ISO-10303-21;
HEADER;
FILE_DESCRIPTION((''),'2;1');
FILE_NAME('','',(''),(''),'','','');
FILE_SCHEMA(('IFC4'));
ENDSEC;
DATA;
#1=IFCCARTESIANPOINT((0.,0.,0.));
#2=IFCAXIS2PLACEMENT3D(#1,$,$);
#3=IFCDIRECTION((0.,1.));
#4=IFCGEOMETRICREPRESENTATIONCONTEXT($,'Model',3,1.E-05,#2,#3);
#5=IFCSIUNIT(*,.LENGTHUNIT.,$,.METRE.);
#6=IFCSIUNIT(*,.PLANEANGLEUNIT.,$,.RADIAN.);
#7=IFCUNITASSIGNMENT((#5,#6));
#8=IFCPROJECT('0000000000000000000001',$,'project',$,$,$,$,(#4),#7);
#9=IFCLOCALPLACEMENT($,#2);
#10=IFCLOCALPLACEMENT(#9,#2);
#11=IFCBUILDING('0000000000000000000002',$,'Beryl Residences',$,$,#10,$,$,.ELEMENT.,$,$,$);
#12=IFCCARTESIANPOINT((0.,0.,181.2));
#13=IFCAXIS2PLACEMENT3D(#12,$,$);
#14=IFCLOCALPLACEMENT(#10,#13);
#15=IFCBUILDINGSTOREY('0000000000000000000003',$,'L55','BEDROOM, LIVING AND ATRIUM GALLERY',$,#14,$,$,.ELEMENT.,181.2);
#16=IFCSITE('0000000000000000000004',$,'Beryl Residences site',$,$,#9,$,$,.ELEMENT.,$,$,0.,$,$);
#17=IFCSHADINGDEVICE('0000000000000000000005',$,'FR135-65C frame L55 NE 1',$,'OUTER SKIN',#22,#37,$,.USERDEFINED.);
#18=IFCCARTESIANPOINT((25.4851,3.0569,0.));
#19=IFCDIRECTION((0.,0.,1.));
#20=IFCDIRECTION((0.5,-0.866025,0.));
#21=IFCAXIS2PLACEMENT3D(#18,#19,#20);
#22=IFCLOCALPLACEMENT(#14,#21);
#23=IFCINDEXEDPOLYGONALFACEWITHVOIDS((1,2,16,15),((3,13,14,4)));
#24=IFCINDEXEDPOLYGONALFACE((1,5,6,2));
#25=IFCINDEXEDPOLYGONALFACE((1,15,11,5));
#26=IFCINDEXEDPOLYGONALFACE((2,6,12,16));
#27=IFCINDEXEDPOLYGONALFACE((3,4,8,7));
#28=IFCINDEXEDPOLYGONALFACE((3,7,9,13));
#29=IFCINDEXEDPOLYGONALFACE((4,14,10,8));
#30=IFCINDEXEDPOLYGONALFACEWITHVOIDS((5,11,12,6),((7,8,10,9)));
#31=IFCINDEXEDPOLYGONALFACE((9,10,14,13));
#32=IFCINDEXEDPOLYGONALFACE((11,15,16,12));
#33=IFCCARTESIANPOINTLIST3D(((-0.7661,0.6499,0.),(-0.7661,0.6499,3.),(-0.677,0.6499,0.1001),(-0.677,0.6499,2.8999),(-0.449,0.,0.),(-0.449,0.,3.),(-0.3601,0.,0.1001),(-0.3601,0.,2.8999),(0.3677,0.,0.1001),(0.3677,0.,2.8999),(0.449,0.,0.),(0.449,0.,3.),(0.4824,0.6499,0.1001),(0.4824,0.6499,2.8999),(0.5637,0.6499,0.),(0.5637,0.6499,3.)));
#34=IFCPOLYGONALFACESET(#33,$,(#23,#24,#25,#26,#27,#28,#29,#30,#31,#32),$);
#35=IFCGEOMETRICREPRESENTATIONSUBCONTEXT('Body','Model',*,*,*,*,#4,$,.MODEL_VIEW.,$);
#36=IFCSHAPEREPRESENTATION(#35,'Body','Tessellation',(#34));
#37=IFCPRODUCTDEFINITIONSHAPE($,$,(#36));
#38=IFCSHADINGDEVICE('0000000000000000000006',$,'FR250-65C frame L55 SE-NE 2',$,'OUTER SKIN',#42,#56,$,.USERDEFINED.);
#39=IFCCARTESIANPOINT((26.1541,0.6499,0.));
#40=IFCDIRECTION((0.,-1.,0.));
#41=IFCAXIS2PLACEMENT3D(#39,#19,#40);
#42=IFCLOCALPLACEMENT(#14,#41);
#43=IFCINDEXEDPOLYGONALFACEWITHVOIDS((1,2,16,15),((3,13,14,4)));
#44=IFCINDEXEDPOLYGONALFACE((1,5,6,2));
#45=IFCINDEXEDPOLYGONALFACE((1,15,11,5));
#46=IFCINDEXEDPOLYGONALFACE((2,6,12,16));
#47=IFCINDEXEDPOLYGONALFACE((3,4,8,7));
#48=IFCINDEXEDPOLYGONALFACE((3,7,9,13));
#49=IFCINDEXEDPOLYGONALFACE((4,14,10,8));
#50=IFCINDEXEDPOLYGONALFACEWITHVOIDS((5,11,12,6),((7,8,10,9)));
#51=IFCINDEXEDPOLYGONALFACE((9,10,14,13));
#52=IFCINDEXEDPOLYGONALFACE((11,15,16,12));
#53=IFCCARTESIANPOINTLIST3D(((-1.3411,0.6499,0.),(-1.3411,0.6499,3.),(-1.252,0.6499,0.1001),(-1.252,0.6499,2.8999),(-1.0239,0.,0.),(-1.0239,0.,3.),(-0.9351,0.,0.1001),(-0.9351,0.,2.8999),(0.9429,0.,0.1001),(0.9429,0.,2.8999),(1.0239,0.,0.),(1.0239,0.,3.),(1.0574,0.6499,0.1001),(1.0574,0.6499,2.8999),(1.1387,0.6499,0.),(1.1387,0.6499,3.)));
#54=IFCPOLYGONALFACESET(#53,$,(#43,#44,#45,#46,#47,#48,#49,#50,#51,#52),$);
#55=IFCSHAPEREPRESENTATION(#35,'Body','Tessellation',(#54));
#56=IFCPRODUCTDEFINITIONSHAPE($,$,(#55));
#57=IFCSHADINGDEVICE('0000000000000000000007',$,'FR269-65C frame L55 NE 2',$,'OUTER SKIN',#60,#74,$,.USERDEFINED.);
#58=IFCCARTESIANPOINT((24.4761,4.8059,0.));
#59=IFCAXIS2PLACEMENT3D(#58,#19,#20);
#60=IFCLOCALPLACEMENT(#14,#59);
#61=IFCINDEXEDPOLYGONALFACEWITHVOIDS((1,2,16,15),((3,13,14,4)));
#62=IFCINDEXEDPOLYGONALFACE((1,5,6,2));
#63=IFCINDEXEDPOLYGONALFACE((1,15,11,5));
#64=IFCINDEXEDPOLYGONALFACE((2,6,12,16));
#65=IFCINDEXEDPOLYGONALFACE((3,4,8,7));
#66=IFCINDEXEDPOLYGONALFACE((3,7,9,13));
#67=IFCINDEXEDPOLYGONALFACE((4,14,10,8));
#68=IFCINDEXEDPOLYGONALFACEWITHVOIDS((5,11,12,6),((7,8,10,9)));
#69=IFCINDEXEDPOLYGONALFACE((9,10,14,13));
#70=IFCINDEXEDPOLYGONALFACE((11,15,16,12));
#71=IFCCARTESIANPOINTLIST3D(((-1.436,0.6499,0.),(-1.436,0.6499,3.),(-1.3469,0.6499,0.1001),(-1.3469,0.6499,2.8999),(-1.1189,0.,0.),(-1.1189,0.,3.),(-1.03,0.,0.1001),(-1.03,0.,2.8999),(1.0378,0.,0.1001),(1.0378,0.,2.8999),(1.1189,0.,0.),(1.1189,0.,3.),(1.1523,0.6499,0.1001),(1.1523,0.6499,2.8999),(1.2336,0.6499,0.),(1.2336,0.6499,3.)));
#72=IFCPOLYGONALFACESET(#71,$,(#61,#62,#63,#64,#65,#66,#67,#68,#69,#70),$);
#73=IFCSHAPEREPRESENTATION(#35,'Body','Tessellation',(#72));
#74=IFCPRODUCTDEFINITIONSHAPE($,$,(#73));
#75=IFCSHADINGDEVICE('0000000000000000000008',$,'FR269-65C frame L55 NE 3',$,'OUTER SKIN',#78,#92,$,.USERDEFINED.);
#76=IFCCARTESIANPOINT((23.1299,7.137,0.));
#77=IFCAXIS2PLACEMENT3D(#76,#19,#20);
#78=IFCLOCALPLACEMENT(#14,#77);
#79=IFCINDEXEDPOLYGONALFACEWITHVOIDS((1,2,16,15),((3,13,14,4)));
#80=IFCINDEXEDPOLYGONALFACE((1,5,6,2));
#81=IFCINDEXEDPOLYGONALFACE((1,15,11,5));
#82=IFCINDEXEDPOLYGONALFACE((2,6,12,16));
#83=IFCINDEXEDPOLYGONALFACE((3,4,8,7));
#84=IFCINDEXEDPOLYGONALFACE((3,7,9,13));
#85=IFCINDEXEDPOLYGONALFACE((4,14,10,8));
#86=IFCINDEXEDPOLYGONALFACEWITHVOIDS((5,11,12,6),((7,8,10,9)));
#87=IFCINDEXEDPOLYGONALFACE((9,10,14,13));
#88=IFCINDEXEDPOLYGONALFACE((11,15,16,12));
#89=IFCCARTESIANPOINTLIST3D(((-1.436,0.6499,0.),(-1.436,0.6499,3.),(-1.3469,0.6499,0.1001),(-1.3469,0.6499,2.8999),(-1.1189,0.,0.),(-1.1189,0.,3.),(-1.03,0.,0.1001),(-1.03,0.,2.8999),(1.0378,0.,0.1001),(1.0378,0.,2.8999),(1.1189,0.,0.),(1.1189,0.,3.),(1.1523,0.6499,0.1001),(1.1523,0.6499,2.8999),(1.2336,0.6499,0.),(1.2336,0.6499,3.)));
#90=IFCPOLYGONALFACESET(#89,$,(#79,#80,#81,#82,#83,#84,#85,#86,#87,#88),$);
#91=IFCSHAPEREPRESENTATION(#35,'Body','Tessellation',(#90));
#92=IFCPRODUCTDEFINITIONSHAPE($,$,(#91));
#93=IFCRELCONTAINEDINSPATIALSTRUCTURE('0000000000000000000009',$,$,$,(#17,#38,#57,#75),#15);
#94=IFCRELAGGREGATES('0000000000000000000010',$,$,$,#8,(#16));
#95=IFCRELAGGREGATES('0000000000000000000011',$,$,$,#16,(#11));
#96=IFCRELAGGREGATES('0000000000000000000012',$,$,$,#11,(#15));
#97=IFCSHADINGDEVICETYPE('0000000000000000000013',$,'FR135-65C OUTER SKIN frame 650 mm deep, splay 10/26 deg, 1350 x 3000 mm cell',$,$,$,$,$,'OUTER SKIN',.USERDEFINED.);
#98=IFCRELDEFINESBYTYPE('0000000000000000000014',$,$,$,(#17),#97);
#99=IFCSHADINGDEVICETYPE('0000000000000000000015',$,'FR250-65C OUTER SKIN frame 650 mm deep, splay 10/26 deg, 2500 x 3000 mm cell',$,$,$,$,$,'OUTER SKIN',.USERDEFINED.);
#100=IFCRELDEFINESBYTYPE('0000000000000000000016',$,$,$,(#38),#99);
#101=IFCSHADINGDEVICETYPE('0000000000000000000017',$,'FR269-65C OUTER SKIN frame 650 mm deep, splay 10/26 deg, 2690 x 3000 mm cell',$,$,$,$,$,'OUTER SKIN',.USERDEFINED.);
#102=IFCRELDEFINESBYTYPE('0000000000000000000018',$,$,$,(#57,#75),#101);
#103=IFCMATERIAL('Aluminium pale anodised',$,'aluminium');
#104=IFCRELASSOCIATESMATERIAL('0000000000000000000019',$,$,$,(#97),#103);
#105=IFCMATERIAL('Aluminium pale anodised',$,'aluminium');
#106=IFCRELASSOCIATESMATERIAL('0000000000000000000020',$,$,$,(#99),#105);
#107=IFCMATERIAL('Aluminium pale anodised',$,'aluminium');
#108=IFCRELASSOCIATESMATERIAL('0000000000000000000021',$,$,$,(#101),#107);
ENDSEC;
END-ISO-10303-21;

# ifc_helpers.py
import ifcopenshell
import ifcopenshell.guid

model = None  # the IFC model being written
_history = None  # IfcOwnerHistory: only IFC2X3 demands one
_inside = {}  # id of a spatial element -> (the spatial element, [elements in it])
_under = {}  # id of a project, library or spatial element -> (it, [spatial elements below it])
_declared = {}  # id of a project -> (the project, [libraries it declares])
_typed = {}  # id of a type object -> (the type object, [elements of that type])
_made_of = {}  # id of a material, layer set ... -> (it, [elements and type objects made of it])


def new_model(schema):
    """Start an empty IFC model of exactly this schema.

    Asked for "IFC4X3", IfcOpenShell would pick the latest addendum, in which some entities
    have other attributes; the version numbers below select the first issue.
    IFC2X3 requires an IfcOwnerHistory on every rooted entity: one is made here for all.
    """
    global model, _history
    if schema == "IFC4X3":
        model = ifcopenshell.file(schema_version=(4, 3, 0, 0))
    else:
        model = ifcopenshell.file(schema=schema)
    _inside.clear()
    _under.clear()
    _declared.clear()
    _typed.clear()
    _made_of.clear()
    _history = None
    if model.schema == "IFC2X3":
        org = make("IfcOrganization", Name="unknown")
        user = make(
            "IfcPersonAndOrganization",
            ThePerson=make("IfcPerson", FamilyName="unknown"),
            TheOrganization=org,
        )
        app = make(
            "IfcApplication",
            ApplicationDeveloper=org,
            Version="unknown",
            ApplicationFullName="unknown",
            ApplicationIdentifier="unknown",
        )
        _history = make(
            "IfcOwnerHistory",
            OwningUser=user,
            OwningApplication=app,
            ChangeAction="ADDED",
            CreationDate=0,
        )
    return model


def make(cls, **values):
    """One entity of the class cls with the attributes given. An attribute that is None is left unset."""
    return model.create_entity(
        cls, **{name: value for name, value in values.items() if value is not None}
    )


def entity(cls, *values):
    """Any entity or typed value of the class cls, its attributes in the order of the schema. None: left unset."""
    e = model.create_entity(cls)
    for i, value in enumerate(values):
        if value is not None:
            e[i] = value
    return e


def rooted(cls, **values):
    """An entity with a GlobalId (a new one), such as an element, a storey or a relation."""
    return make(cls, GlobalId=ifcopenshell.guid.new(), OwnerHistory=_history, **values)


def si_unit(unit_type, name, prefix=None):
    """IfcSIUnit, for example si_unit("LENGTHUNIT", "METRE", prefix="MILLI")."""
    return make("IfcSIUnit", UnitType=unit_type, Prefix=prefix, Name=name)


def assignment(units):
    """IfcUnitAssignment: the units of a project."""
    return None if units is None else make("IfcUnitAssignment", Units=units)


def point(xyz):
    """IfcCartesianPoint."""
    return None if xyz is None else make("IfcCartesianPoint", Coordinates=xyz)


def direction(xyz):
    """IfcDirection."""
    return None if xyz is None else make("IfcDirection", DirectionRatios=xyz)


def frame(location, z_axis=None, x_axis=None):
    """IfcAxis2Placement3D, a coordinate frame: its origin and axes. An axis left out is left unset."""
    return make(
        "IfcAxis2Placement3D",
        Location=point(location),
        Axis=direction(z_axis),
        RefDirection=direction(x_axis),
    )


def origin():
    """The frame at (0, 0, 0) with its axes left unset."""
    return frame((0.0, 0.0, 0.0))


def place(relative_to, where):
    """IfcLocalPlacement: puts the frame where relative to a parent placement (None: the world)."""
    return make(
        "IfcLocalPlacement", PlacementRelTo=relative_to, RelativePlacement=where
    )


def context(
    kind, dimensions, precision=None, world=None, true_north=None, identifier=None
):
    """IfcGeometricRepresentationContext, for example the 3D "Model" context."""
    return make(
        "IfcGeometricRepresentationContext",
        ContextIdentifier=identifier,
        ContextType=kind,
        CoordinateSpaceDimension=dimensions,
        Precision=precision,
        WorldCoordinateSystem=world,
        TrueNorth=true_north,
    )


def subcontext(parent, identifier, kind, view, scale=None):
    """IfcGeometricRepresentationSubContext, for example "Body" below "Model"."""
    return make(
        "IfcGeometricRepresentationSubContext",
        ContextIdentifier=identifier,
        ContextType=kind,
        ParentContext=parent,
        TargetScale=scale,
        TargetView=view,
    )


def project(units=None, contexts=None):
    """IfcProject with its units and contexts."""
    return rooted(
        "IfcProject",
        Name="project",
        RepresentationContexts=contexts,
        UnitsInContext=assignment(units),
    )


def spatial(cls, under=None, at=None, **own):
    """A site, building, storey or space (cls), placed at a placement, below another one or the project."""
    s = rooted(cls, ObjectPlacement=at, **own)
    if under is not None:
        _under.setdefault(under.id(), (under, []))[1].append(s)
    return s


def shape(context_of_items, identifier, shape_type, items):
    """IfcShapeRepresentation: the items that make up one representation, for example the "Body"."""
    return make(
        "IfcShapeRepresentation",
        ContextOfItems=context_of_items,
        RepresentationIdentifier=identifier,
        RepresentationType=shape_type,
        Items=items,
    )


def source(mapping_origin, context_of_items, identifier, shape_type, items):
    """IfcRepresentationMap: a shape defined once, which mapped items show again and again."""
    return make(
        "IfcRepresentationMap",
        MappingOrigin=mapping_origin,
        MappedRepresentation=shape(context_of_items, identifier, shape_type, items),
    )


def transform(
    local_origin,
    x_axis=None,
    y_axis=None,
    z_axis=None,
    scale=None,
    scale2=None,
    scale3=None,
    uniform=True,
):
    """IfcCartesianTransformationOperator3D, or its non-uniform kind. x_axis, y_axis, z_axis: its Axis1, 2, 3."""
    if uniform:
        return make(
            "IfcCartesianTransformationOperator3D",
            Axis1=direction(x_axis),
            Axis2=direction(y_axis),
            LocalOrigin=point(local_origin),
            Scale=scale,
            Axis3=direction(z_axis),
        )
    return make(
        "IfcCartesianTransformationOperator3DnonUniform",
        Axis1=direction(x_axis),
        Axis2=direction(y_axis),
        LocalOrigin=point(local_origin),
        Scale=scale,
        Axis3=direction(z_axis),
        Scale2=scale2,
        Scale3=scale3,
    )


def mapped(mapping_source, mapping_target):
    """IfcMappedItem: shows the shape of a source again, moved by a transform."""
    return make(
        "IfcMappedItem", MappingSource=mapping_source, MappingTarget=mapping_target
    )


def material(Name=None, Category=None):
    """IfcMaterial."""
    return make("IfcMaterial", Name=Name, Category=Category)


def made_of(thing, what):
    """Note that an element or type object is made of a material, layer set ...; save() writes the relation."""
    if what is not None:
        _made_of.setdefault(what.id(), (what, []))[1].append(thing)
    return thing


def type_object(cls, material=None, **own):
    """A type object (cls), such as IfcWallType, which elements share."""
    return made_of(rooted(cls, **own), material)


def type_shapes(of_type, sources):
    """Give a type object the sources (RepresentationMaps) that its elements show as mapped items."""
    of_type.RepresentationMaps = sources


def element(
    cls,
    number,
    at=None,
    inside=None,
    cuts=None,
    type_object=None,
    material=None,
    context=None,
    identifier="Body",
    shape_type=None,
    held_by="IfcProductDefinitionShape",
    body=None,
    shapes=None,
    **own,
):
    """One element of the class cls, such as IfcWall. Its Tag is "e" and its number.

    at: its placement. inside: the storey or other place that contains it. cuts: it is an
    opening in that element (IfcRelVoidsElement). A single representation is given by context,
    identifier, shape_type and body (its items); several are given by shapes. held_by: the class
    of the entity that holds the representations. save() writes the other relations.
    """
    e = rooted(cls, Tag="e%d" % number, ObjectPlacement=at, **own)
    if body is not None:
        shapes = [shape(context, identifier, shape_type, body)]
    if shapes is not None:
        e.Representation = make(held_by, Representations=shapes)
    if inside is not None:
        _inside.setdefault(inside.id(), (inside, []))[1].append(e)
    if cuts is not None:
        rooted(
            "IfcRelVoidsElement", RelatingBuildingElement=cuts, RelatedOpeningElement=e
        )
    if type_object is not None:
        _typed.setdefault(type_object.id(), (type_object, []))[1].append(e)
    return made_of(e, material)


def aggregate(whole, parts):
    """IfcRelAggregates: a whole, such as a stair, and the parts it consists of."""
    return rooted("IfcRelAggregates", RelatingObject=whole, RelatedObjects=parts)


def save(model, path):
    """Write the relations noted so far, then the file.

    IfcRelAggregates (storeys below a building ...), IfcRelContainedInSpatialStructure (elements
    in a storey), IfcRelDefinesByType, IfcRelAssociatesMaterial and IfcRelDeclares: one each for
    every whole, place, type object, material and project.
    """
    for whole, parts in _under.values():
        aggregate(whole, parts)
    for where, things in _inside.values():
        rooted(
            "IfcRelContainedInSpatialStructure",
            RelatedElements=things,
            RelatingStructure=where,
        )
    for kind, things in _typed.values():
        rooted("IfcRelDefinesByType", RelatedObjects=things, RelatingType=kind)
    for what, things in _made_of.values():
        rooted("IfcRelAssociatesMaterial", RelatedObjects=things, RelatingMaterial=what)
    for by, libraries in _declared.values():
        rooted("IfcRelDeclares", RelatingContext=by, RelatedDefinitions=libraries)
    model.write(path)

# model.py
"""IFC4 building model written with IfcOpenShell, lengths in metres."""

from ifc_helpers import new_model, entity, si_unit, direction, frame, origin, place, context, subcontext, project, spatial, source, transform, mapped, material, type_object, type_shapes, element, save


model = new_model("IFC4")

# Units and contexts
model_context = context("Model", 3, precision=1e-05, world=origin(), true_north=direction((0.0, 1.0)))
body_context = subcontext(model_context, "Body", "Model", "MODEL_VIEW")
ifc_project = project(units=[si_unit("LENGTHUNIT", "METRE"), si_unit("PLANEANGLEUNIT", "RADIAN")], contexts=[model_context])

# Site, building, storey
site_placement = place(None, origin())
site = spatial("IfcSite", under=ifc_project, at=site_placement, Name="Beryl Residences site", CompositionType="ELEMENT", RefElevation=0.0)
building_placement = place(site_placement, origin())
building = spatial("IfcBuilding", under=site, at=building_placement, Name="Beryl Residences", CompositionType="ELEMENT")
storey_placement = place(building_placement, frame((0.0, 0.0, 181.2)))
storey = spatial("IfcBuildingStorey", under=building, at=storey_placement, Name="L55", Description="BEDROOM, LIVING AND ATRIUM GALLERY", CompositionType="ELEMENT", Elevation=181.2)

# Shading devices
ifc_material_1 = material(Name="Aluminium pale anodised", Category="aluminium")
shading_device_type_1 = type_object("IfcShadingDeviceType", Name="FR135-65C OUTER SKIN frame 650 mm deep, splay 10/26 deg, 1350 x 3000 mm cell", ElementType="OUTER SKIN", PredefinedType="USERDEFINED", material=ifc_material_1)
cartesian_point_1 = entity("IfcCartesianPoint", [-0.449, 0.0])
cartesian_point_2 = entity("IfcCartesianPoint", [-0.3677, 0.1001])
cartesian_point_3 = entity("IfcCartesianPoint", [-0.5637, 0.0])
cartesian_point_4 = entity("IfcCartesianPoint", [-0.4824, 0.1001])
shared_shape_1 = source(origin(), body_context, "Body", "SweptSolid", [
    entity("IfcExtrudedAreaSolidTapered", entity("IfcArbitraryProfileDefWithVoids", "AREA", None, entity("IfcPolyline", [cartesian_point_1, entity("IfcCartesianPoint", [0.449, 0.0]), entity("IfcCartesianPoint", [0.449, 3.0]), entity("IfcCartesianPoint", [-0.449, 3.0]), cartesian_point_1]), [entity("IfcPolyline", [cartesian_point_2, entity("IfcCartesianPoint", [0.3601, 0.1001]), entity("IfcCartesianPoint", [0.3601, 2.8999]), entity("IfcCartesianPoint", [-0.3677, 2.8999]), cartesian_point_2])]), entity("IfcAxis2Placement3D", entity("IfcCartesianPoint", [0.0, 0.0, 0.0]), entity("IfcDirection", [0.0, 1.0, 0.0]), entity("IfcDirection", [-1.0, 0.0, 0.0])), entity("IfcDirection", [0.0, 0.0, 1.0]), 0.6499, entity("IfcArbitraryProfileDefWithVoids", "AREA", None, entity("IfcPolyline", [cartesian_point_3, entity("IfcCartesianPoint", [0.7661, 0.0]), entity("IfcCartesianPoint", [0.7661, 3.0]), entity("IfcCartesianPoint", [-0.5637, 3.0]), cartesian_point_3]), [entity("IfcPolyline", [cartesian_point_4, entity("IfcCartesianPoint", [0.677, 0.1001]), entity("IfcCartesianPoint", [0.677, 2.8999]), entity("IfcCartesianPoint", [-0.4824, 2.8999]), cartesian_point_4])])),
])
type_shapes(shading_device_type_1, [shared_shape_1])
shading_device_1_placement = place(storey_placement, frame((25.4851, 3.0569, 0.0), z_axis=(0.0, 0.0, 1.0), x_axis=(0.5, -0.866025, 0.0)))
element("IfcShadingDevice", 1, at=shading_device_1_placement, inside=storey, type_object=shading_device_type_1, Name="FR135-65C frame L55 NE 1", ObjectType="OUTER SKIN", PredefinedType="USERDEFINED", context=body_context, shape_type="MappedRepresentation", body=[
    mapped(shared_shape_1, transform((0.0, 0.0, 0.0))),
])
ifc_material_2 = material(Name="Aluminium pale anodised", Category="aluminium")
shading_device_type_2 = type_object("IfcShadingDeviceType", Name="FR250-65C OUTER SKIN frame 650 mm deep, splay 10/26 deg, 2500 x 3000 mm cell", ElementType="OUTER SKIN", PredefinedType="USERDEFINED", material=ifc_material_2)
cartesian_point_5 = entity("IfcCartesianPoint", [-1.0239, 0.0])
cartesian_point_6 = entity("IfcCartesianPoint", [-0.9429, 0.1001])
cartesian_point_7 = entity("IfcCartesianPoint", [-1.1387, 0.0])
cartesian_point_8 = entity("IfcCartesianPoint", [-1.0574, 0.1001])
shared_shape_2 = source(origin(), body_context, "Body", "SweptSolid", [
    entity("IfcExtrudedAreaSolidTapered", entity("IfcArbitraryProfileDefWithVoids", "AREA", None, entity("IfcPolyline", [cartesian_point_5, entity("IfcCartesianPoint", [1.0239, 0.0]), entity("IfcCartesianPoint", [1.0239, 3.0]), entity("IfcCartesianPoint", [-1.0239, 3.0]), cartesian_point_5]), [entity("IfcPolyline", [cartesian_point_6, entity("IfcCartesianPoint", [0.9351, 0.1001]), entity("IfcCartesianPoint", [0.9351, 2.8999]), entity("IfcCartesianPoint", [-0.9429, 2.8999]), cartesian_point_6])]), entity("IfcAxis2Placement3D", entity("IfcCartesianPoint", [0.0, 0.0, 0.0]), entity("IfcDirection", [0.0, 1.0, 0.0]), entity("IfcDirection", [-1.0, 0.0, 0.0])), entity("IfcDirection", [0.0, 0.0, 1.0]), 0.6499, entity("IfcArbitraryProfileDefWithVoids", "AREA", None, entity("IfcPolyline", [cartesian_point_7, entity("IfcCartesianPoint", [1.3411, 0.0]), entity("IfcCartesianPoint", [1.3411, 3.0]), entity("IfcCartesianPoint", [-1.1387, 3.0]), cartesian_point_7]), [entity("IfcPolyline", [cartesian_point_8, entity("IfcCartesianPoint", [1.252, 0.1001]), entity("IfcCartesianPoint", [1.252, 2.8999]), entity("IfcCartesianPoint", [-1.0574, 2.8999]), cartesian_point_8])])),
])
type_shapes(shading_device_type_2, [shared_shape_2])
shading_device_2_placement = place(storey_placement, frame((26.1541, 0.6499, 0.0), z_axis=(0.0, 0.0, 1.0), x_axis=(0.0, -1.0, 0.0)))
element("IfcShadingDevice", 2, at=shading_device_2_placement, inside=storey, type_object=shading_device_type_2, Name="FR250-65C frame L55 SE-NE 2", ObjectType="OUTER SKIN", PredefinedType="USERDEFINED", context=body_context, shape_type="MappedRepresentation", body=[
    mapped(shared_shape_2, transform((0.0, 0.0, 0.0))),
])
ifc_material_3 = material(Name="Aluminium pale anodised", Category="aluminium")
shading_device_type_3 = type_object("IfcShadingDeviceType", Name="FR269-65C OUTER SKIN frame 650 mm deep, splay 10/26 deg, 2690 x 3000 mm cell", ElementType="OUTER SKIN", PredefinedType="USERDEFINED", material=ifc_material_3)
cartesian_point_9 = entity("IfcCartesianPoint", [-1.1189, 0.0])
cartesian_point_10 = entity("IfcCartesianPoint", [-1.0378, 0.1001])
cartesian_point_11 = entity("IfcCartesianPoint", [-1.2336, 0.0])
cartesian_point_12 = entity("IfcCartesianPoint", [-1.1523, 0.1001])
shared_shape_3 = source(origin(), body_context, "Body", "SweptSolid", [
    entity("IfcExtrudedAreaSolidTapered", entity("IfcArbitraryProfileDefWithVoids", "AREA", None, entity("IfcPolyline", [cartesian_point_9, entity("IfcCartesianPoint", [1.1189, 0.0]), entity("IfcCartesianPoint", [1.1189, 3.0]), entity("IfcCartesianPoint", [-1.1189, 3.0]), cartesian_point_9]), [entity("IfcPolyline", [cartesian_point_10, entity("IfcCartesianPoint", [1.03, 0.1001]), entity("IfcCartesianPoint", [1.03, 2.8999]), entity("IfcCartesianPoint", [-1.0378, 2.8999]), cartesian_point_10])]), entity("IfcAxis2Placement3D", entity("IfcCartesianPoint", [0.0, 0.0, 0.0]), entity("IfcDirection", [0.0, 1.0, 0.0]), entity("IfcDirection", [-1.0, 0.0, 0.0])), entity("IfcDirection", [0.0, 0.0, 1.0]), 0.6499, entity("IfcArbitraryProfileDefWithVoids", "AREA", None, entity("IfcPolyline", [cartesian_point_11, entity("IfcCartesianPoint", [1.436, 0.0]), entity("IfcCartesianPoint", [1.436, 3.0]), entity("IfcCartesianPoint", [-1.2336, 3.0]), cartesian_point_11]), [entity("IfcPolyline", [cartesian_point_12, entity("IfcCartesianPoint", [1.3469, 0.1001]), entity("IfcCartesianPoint", [1.3469, 2.8999]), entity("IfcCartesianPoint", [-1.1523, 2.8999]), cartesian_point_12])])),
])
type_shapes(shading_device_type_3, [shared_shape_3])
for number, where, z_axis, x_axis, name in (
    (3, (24.4761, 4.8059, 0.0), (0.0, 0.0, 1.0), (0.5, -0.866025, 0.0), "FR269-65C frame L55 NE 2"),
    (4, (23.1299, 7.137, 0.0), (0.0, 0.0, 1.0), (0.5, -0.866025, 0.0), "FR269-65C frame L55 NE 3"),
):
    element("IfcShadingDevice", number, at=place(storey_placement, frame(where, z_axis=z_axis, x_axis=x_axis)), inside=storey, type_object=shading_device_type_3, Name=name, ObjectType="OUTER SKIN", PredefinedType="USERDEFINED", context=body_context, shape_type="MappedRepresentation", body=[
        mapped(shared_shape_3, transform((0.0, 0.0, 0.0))),
    ])

save(model, "model.ifc")
